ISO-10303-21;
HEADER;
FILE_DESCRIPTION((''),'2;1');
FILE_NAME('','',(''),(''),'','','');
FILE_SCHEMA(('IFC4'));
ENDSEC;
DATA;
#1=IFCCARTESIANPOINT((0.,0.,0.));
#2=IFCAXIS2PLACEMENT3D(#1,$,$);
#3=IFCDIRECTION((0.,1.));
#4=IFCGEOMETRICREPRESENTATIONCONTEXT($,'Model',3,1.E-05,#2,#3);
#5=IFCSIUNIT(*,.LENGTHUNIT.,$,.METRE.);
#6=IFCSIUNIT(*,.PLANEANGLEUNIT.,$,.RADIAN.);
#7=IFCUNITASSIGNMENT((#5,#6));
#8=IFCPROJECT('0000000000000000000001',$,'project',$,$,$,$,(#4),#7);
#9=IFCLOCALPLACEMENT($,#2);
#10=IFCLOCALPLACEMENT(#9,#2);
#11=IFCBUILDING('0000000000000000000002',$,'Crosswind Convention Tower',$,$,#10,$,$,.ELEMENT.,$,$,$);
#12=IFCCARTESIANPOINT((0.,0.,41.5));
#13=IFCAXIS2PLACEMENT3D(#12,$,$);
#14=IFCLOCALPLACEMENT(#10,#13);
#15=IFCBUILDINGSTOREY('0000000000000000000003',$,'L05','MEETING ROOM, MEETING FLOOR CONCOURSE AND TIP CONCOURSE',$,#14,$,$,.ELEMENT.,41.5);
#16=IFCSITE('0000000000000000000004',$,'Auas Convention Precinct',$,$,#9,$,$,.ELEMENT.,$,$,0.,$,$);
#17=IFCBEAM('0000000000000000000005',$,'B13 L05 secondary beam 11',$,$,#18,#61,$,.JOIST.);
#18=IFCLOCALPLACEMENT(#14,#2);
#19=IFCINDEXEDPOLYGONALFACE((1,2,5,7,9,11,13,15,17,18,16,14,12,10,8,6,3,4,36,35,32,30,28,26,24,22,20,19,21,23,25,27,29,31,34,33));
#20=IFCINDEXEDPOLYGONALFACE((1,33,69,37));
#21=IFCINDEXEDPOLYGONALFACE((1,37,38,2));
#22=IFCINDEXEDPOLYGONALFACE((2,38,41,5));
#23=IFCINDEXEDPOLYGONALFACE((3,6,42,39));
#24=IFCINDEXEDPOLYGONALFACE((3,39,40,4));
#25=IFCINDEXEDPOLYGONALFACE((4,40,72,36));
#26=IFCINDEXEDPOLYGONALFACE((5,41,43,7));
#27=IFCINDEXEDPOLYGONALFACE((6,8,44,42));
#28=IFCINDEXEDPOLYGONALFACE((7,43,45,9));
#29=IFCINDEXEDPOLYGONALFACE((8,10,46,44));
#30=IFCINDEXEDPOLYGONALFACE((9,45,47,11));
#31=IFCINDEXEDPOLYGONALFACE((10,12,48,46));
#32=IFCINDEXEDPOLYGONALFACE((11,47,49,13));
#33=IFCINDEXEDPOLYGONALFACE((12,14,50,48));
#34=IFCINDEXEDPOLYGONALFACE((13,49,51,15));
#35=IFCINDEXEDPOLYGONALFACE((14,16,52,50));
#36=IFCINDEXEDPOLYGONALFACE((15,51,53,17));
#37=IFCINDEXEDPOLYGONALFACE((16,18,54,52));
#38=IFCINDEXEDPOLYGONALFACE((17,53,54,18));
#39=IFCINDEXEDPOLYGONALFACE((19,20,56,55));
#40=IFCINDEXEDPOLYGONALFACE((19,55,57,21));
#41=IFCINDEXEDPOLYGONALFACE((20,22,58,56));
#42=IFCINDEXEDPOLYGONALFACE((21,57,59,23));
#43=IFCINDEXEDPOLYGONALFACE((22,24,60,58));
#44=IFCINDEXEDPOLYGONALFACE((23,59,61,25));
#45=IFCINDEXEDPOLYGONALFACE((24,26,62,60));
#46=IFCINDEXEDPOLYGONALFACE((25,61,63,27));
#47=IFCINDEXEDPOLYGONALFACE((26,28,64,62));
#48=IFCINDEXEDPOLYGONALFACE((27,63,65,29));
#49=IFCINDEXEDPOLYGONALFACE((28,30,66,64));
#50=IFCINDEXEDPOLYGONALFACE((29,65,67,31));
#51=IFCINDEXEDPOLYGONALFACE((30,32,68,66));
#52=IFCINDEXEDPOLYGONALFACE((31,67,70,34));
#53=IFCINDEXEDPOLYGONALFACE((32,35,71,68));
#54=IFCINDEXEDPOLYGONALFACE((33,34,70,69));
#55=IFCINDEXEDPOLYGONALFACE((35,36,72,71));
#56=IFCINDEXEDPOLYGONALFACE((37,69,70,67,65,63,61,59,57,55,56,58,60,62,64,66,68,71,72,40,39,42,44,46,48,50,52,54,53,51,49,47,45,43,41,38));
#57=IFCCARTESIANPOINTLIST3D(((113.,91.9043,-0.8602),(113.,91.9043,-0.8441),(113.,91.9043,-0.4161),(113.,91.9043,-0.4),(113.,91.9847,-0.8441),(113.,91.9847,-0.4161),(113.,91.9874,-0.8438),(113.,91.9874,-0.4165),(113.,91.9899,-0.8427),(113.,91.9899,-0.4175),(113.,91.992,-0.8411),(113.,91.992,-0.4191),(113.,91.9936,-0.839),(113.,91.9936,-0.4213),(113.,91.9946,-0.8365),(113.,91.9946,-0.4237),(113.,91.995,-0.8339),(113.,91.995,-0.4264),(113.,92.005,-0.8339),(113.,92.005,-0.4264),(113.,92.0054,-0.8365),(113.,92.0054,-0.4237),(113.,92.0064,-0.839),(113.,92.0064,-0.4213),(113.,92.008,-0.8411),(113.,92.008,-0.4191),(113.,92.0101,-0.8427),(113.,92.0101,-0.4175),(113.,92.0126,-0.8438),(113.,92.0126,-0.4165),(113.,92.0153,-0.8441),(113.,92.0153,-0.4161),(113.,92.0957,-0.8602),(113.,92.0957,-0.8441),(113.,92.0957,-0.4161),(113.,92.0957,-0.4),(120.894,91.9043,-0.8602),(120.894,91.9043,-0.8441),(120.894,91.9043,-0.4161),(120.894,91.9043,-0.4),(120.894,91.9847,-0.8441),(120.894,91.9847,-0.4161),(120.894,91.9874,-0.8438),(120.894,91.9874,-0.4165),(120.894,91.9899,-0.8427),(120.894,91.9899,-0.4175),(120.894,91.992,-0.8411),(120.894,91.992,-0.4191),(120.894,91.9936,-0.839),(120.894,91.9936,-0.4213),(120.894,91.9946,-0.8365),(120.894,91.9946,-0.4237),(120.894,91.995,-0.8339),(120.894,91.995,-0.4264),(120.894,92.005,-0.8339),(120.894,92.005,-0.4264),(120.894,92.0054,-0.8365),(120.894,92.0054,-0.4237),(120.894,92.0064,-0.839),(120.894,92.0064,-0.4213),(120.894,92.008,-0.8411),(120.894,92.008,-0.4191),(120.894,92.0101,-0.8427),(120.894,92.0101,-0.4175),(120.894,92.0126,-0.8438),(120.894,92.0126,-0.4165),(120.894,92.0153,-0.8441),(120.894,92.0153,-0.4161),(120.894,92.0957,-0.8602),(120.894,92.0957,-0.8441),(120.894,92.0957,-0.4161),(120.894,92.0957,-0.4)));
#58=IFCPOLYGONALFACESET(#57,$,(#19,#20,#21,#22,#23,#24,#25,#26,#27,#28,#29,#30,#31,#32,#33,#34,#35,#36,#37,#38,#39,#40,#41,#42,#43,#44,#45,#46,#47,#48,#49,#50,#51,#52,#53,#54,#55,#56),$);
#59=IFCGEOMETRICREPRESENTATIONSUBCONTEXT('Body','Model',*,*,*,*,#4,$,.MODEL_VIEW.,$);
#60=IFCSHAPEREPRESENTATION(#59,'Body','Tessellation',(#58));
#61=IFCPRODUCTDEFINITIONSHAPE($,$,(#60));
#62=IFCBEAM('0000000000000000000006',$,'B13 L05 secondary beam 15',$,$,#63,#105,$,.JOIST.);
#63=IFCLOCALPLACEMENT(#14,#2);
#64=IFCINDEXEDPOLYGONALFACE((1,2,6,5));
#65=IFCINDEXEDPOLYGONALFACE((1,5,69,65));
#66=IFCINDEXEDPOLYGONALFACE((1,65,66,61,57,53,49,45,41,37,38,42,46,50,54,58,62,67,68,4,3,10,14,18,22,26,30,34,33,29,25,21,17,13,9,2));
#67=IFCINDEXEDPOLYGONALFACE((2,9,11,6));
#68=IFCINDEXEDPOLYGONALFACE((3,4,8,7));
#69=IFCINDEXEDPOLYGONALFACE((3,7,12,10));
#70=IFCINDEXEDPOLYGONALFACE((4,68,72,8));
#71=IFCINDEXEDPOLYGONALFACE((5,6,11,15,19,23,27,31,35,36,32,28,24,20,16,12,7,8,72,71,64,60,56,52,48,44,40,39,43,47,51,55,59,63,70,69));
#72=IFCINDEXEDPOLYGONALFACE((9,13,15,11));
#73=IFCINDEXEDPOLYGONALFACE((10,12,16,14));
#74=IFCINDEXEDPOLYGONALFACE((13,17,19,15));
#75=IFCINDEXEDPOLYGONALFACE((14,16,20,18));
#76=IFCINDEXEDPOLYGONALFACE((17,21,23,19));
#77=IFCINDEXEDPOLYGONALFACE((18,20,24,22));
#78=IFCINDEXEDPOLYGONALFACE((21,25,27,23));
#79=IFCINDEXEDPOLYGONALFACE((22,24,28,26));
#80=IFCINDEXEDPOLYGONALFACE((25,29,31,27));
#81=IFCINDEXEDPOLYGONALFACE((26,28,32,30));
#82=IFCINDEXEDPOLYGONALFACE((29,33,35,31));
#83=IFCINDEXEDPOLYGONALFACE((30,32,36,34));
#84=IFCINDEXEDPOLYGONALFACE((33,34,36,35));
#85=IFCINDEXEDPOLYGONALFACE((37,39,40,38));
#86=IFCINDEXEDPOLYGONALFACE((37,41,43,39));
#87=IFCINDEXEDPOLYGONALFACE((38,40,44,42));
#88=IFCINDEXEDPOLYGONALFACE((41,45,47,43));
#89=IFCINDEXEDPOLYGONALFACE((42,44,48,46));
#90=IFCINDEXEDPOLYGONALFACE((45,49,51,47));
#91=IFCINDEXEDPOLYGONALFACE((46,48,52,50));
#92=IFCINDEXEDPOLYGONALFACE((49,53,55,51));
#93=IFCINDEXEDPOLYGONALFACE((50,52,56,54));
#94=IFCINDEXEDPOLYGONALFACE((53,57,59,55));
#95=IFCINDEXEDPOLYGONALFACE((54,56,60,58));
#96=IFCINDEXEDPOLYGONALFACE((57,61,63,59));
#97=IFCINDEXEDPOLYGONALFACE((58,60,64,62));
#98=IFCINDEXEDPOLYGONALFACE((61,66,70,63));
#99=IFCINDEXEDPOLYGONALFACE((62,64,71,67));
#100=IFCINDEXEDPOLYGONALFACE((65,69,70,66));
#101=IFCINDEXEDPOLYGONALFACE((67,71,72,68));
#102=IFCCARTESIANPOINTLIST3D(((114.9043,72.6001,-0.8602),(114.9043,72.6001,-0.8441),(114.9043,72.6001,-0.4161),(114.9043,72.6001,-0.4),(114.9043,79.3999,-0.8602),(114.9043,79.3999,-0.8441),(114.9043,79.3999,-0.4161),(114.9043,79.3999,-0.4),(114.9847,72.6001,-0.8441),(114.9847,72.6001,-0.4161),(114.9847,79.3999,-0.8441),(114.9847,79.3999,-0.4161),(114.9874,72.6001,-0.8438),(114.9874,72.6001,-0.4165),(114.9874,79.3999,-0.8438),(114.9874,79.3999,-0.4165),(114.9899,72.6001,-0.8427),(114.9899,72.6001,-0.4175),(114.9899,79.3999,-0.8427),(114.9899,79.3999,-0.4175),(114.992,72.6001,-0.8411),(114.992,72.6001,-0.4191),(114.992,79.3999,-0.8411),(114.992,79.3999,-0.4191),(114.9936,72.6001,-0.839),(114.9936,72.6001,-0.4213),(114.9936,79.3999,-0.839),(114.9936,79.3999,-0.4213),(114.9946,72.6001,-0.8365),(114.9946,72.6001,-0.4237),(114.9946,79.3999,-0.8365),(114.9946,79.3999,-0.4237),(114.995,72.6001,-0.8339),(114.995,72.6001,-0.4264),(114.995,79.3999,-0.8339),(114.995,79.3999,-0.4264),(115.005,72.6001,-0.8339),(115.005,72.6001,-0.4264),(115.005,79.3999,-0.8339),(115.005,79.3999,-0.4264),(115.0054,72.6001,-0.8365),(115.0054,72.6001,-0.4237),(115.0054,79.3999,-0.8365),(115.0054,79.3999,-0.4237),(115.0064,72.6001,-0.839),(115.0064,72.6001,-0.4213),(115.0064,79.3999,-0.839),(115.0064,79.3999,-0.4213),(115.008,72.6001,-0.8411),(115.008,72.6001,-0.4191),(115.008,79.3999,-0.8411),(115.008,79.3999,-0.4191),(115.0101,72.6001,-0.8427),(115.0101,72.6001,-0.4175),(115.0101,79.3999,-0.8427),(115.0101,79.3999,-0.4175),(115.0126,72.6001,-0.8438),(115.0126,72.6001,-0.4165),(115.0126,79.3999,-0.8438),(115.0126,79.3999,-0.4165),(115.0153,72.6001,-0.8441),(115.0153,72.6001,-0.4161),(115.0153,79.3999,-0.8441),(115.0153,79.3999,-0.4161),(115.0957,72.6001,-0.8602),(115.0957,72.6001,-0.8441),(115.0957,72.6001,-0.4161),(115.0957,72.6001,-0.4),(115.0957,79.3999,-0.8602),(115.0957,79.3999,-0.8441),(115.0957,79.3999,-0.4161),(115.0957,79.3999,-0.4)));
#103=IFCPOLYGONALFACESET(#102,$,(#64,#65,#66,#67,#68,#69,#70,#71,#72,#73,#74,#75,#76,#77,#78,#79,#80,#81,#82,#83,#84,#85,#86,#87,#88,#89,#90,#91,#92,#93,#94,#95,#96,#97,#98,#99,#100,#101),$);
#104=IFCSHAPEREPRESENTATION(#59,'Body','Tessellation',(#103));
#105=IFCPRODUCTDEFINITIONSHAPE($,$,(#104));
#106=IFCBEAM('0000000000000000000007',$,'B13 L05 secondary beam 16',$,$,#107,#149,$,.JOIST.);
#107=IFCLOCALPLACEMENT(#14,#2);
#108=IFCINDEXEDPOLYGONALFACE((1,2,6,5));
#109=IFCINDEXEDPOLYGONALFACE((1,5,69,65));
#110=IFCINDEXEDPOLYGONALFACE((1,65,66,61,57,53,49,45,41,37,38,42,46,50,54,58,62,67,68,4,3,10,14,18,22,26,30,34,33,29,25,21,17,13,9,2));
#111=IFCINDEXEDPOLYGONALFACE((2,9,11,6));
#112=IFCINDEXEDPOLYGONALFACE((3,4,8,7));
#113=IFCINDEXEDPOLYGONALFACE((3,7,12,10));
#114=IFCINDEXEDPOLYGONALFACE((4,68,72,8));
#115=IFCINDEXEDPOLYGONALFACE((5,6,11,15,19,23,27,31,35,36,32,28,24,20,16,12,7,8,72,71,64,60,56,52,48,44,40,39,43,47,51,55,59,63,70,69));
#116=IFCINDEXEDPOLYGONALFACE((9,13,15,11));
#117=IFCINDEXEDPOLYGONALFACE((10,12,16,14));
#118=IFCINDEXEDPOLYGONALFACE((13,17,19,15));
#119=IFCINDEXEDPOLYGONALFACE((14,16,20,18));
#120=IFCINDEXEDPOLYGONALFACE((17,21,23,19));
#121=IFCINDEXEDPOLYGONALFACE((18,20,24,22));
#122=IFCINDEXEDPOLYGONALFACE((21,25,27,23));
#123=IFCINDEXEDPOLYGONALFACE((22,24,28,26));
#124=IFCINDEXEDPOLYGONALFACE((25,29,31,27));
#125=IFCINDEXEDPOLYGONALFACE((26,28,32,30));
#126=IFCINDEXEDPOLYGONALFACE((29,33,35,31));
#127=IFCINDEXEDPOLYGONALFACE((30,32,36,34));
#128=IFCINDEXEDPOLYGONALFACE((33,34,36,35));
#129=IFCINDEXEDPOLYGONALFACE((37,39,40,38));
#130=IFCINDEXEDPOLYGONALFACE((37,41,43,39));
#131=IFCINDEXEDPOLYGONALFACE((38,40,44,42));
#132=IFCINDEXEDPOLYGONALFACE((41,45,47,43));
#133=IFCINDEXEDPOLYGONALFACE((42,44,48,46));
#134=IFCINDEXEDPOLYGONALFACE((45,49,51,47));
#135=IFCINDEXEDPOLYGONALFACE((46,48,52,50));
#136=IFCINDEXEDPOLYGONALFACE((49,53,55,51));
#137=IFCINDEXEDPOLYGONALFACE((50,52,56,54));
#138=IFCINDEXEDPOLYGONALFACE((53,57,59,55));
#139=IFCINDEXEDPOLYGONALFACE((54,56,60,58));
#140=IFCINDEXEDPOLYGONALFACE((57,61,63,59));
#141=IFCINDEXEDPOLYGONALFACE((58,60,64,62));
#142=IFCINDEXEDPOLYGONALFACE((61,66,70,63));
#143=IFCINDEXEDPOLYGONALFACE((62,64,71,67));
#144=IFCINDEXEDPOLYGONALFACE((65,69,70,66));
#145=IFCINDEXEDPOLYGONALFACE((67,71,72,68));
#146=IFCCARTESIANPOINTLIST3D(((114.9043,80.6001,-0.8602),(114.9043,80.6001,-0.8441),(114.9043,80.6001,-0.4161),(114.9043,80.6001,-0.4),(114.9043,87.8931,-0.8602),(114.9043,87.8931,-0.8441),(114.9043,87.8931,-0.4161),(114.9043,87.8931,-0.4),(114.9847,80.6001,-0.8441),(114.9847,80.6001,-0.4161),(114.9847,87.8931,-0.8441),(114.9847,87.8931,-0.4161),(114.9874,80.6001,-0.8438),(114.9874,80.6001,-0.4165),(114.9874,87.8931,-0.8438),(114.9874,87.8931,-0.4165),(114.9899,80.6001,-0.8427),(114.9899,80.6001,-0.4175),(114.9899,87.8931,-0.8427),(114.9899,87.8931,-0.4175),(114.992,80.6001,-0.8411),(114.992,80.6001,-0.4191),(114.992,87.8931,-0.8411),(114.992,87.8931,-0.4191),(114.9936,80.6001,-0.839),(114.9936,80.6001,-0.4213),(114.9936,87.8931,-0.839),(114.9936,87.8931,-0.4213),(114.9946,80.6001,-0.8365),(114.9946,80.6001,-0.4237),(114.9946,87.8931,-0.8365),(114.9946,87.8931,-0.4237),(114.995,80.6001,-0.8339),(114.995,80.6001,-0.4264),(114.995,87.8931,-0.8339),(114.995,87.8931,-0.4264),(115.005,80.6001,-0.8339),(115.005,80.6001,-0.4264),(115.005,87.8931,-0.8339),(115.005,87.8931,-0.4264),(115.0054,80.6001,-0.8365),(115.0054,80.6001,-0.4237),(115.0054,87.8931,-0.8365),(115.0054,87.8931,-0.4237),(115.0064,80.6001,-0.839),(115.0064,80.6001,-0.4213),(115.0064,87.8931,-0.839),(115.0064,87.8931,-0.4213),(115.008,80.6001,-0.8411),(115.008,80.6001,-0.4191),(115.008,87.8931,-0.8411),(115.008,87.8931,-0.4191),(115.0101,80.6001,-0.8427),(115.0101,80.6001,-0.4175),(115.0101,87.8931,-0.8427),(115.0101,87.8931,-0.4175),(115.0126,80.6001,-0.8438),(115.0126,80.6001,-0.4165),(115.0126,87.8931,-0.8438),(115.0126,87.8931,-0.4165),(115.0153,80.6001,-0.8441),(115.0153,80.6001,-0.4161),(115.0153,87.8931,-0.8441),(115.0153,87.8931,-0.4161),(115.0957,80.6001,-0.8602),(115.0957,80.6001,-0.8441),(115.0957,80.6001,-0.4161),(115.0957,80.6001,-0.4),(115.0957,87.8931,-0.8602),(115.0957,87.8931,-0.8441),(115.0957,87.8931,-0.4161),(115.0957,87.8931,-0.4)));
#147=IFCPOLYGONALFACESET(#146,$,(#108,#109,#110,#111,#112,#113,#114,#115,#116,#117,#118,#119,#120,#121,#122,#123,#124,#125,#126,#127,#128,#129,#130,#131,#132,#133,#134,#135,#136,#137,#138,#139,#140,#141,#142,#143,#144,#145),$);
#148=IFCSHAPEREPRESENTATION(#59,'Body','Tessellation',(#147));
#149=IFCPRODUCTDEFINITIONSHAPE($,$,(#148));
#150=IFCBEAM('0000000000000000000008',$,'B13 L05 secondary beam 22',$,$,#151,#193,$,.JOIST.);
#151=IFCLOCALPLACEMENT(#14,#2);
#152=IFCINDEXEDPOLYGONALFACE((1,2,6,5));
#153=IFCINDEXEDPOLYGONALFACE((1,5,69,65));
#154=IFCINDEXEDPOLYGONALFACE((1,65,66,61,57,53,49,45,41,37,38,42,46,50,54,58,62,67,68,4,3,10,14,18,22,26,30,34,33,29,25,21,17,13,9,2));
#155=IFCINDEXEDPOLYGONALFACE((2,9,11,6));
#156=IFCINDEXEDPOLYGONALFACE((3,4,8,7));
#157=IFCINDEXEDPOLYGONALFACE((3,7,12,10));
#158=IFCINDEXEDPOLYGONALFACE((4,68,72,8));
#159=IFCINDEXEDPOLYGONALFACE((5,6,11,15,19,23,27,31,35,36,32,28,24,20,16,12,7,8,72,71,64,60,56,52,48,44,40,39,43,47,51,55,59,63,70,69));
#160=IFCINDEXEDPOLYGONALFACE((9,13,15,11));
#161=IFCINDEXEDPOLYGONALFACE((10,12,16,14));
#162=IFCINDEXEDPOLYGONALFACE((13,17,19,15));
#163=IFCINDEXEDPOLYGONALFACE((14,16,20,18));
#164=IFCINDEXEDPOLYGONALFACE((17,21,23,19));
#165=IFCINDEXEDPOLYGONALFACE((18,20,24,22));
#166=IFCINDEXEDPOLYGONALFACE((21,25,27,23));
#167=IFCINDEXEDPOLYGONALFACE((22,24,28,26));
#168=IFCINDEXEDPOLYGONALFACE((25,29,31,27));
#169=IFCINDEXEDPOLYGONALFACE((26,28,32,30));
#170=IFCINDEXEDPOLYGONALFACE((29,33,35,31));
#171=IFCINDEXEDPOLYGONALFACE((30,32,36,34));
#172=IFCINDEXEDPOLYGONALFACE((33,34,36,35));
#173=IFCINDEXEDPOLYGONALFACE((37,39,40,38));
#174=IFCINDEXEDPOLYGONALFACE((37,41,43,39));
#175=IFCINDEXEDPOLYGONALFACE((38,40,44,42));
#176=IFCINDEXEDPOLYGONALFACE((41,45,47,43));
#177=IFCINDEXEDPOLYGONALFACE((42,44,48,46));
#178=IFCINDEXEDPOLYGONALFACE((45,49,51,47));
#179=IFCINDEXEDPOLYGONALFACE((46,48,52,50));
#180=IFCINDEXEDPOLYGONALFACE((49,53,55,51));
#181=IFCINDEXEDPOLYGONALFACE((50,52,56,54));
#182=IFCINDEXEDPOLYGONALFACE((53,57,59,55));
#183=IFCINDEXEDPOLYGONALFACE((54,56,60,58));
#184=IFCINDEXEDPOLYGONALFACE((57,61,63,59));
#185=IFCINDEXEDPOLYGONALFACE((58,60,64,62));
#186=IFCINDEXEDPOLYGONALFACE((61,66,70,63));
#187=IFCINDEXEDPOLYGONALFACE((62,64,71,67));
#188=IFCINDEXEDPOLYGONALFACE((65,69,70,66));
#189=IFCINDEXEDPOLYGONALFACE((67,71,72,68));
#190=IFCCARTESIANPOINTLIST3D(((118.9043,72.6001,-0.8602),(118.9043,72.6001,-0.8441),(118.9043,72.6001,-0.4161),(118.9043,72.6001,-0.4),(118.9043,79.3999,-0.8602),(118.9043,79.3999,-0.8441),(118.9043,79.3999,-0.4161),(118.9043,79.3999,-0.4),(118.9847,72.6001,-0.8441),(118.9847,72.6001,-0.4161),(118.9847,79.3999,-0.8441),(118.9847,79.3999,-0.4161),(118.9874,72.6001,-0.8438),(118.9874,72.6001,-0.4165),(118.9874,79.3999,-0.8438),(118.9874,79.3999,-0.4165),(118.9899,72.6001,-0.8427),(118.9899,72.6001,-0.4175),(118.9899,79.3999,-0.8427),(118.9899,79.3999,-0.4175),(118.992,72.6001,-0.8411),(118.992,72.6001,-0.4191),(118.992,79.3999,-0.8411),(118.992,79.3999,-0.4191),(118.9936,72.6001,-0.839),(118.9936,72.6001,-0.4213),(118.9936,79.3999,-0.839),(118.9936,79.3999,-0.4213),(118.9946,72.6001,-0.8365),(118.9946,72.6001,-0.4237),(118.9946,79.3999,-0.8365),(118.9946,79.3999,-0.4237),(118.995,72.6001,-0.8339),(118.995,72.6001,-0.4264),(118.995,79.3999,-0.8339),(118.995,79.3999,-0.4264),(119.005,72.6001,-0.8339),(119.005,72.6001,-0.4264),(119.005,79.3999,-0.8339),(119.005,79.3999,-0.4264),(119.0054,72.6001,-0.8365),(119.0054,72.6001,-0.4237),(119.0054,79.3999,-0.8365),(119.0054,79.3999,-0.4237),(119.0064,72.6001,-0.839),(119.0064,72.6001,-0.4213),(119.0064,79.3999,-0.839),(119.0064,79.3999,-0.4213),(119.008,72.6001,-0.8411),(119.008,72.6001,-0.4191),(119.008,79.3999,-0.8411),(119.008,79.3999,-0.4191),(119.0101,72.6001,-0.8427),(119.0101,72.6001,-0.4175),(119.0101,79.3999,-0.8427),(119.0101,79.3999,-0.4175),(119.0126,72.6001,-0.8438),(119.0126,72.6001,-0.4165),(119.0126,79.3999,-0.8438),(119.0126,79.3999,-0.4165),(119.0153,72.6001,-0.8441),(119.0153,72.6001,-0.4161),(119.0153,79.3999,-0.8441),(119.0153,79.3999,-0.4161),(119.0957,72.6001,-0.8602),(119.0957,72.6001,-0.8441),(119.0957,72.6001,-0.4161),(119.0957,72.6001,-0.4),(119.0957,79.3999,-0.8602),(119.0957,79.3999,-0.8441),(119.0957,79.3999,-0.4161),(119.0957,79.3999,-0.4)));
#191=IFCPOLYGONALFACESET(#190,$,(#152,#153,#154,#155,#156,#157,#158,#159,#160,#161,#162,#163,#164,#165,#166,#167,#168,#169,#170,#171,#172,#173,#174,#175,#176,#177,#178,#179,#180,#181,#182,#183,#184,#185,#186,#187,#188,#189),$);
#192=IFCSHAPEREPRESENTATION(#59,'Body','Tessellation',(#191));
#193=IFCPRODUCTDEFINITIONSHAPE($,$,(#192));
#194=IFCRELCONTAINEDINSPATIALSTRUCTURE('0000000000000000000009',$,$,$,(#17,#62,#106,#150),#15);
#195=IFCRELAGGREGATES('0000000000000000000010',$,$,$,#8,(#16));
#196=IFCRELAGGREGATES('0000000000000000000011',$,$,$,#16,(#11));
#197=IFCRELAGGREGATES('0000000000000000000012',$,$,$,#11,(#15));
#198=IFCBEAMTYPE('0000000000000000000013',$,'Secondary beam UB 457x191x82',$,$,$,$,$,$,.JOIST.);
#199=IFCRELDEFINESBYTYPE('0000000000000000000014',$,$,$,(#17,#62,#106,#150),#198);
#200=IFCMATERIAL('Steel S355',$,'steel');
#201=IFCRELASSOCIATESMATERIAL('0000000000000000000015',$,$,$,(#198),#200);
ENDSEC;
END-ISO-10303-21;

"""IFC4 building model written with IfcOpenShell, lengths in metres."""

from ifc_helpers import new_model, si_unit, direction, frame, origin, origin_2d, place, context, subcontext, project, spatial, i_section, extrude, material, material_profile, profile_set, type_object, element, save


model = new_model("IFC4")

# Units and contexts
model_context = context("Model", 3, precision=1e-05, world=origin(), true_north=direction((0.0, 1.0)))
body_context = subcontext(model_context, "Body", "Model", "MODEL_VIEW")
ifc_project = project(units=[si_unit("LENGTHUNIT", "METRE"), si_unit("PLANEANGLEUNIT", "RADIAN")], contexts=[model_context])

# Site, building, storey
site_placement = place(None, origin())
site = spatial("IfcSite", under=ifc_project, at=site_placement, Name="Auas Convention Precinct", CompositionType="ELEMENT", RefElevation=0.0)
building_placement = place(site_placement, origin())
building = spatial("IfcBuilding", under=site, at=building_placement, Name="Crosswind Convention Tower", CompositionType="ELEMENT")
storey_placement = place(building_placement, frame((0.0, 0.0, 41.5)))
storey = spatial("IfcBuildingStorey", under=building, at=storey_placement, Name="L05", Description="MEETING ROOM, MEETING FLOOR CONCOURSE AND TIP CONCOURSE", CompositionType="ELEMENT", Elevation=41.5)

# Shared definitions
ifc_material_1 = material(Name="Steel S355", Category="steel")

# Beams
ifc_material_profile_1 = material_profile(ifc_material_1, i_section(OverallWidth=0.1914, OverallDepth=0.4602, WebThickness=0.01, FlangeThickness=0.0161, FilletRadius=0.0103, at=origin_2d()), Name="UB 457x191x82")
ifc_profile_set_1 = profile_set([ifc_material_profile_1], Name="Steel S355")
beam_type_1 = type_object("IfcBeamType", Name="Secondary beam UB 457x191x82", PredefinedType="JOIST", material=ifc_profile_set_1)
beam_1_placement = place(storey_placement, frame((113.0, 92.0, -0.6301), z_axis=(1.0, 0.0, 0.0), x_axis=(0.0, 1.0, 0.0)))
element("IfcBeam", 1, at=beam_1_placement, inside=storey, type_object=beam_type_1, Name="B13 L05 secondary beam 11", PredefinedType="JOIST", context=body_context, shape_type="SweptSolid", body=[
    extrude(i_section(OverallWidth=0.1914, OverallDepth=0.4602, WebThickness=0.01, FlangeThickness=0.0161, FilletRadius=0.0103, at=origin_2d()), origin(), (0.0, 0.0, 1.0), 7.894),
])
beam_2_placement = place(storey_placement, frame((115.0, 72.6001, -0.6301), z_axis=(0.0, 1.0, 0.0), x_axis=(-1.0, 0.0, 0.0)))
element("IfcBeam", 2, at=beam_2_placement, inside=storey, type_object=beam_type_1, Name="B13 L05 secondary beam 15", PredefinedType="JOIST", context=body_context, shape_type="SweptSolid", body=[
    extrude(i_section(OverallWidth=0.1914, OverallDepth=0.4602, WebThickness=0.01, FlangeThickness=0.0161, FilletRadius=0.0103, at=origin_2d()), origin(), (0.0, 0.0, 1.0), 6.7998),
])
beam_3_placement = place(storey_placement, frame((115.0, 80.6001, -0.6301), z_axis=(0.0, 1.0, 0.0), x_axis=(-1.0, 0.0, 0.0)))
element("IfcBeam", 3, at=beam_3_placement, inside=storey, type_object=beam_type_1, Name="B13 L05 secondary beam 16", PredefinedType="JOIST", context=body_context, shape_type="SweptSolid", body=[
    extrude(i_section(OverallWidth=0.1914, OverallDepth=0.4602, WebThickness=0.01, FlangeThickness=0.0161, FilletRadius=0.0103, at=origin_2d()), origin(), (0.0, 0.0, 1.0), 7.293),
])
beam_4_placement = place(storey_placement, frame((119.0, 72.6001, -0.6301), z_axis=(0.0, 1.0, 0.0), x_axis=(-1.0, 0.0, 0.0)))
element("IfcBeam", 4, at=beam_4_placement, inside=storey, type_object=beam_type_1, Name="B13 L05 secondary beam 22", PredefinedType="JOIST", context=body_context, shape_type="SweptSolid", body=[
    extrude(i_section(OverallWidth=0.1914, OverallDepth=0.4602, WebThickness=0.01, FlangeThickness=0.0161, FilletRadius=0.0103, at=origin_2d()), origin(), (0.0, 0.0, 1.0), 6.7998),
])

save(model, "model.ifc")
